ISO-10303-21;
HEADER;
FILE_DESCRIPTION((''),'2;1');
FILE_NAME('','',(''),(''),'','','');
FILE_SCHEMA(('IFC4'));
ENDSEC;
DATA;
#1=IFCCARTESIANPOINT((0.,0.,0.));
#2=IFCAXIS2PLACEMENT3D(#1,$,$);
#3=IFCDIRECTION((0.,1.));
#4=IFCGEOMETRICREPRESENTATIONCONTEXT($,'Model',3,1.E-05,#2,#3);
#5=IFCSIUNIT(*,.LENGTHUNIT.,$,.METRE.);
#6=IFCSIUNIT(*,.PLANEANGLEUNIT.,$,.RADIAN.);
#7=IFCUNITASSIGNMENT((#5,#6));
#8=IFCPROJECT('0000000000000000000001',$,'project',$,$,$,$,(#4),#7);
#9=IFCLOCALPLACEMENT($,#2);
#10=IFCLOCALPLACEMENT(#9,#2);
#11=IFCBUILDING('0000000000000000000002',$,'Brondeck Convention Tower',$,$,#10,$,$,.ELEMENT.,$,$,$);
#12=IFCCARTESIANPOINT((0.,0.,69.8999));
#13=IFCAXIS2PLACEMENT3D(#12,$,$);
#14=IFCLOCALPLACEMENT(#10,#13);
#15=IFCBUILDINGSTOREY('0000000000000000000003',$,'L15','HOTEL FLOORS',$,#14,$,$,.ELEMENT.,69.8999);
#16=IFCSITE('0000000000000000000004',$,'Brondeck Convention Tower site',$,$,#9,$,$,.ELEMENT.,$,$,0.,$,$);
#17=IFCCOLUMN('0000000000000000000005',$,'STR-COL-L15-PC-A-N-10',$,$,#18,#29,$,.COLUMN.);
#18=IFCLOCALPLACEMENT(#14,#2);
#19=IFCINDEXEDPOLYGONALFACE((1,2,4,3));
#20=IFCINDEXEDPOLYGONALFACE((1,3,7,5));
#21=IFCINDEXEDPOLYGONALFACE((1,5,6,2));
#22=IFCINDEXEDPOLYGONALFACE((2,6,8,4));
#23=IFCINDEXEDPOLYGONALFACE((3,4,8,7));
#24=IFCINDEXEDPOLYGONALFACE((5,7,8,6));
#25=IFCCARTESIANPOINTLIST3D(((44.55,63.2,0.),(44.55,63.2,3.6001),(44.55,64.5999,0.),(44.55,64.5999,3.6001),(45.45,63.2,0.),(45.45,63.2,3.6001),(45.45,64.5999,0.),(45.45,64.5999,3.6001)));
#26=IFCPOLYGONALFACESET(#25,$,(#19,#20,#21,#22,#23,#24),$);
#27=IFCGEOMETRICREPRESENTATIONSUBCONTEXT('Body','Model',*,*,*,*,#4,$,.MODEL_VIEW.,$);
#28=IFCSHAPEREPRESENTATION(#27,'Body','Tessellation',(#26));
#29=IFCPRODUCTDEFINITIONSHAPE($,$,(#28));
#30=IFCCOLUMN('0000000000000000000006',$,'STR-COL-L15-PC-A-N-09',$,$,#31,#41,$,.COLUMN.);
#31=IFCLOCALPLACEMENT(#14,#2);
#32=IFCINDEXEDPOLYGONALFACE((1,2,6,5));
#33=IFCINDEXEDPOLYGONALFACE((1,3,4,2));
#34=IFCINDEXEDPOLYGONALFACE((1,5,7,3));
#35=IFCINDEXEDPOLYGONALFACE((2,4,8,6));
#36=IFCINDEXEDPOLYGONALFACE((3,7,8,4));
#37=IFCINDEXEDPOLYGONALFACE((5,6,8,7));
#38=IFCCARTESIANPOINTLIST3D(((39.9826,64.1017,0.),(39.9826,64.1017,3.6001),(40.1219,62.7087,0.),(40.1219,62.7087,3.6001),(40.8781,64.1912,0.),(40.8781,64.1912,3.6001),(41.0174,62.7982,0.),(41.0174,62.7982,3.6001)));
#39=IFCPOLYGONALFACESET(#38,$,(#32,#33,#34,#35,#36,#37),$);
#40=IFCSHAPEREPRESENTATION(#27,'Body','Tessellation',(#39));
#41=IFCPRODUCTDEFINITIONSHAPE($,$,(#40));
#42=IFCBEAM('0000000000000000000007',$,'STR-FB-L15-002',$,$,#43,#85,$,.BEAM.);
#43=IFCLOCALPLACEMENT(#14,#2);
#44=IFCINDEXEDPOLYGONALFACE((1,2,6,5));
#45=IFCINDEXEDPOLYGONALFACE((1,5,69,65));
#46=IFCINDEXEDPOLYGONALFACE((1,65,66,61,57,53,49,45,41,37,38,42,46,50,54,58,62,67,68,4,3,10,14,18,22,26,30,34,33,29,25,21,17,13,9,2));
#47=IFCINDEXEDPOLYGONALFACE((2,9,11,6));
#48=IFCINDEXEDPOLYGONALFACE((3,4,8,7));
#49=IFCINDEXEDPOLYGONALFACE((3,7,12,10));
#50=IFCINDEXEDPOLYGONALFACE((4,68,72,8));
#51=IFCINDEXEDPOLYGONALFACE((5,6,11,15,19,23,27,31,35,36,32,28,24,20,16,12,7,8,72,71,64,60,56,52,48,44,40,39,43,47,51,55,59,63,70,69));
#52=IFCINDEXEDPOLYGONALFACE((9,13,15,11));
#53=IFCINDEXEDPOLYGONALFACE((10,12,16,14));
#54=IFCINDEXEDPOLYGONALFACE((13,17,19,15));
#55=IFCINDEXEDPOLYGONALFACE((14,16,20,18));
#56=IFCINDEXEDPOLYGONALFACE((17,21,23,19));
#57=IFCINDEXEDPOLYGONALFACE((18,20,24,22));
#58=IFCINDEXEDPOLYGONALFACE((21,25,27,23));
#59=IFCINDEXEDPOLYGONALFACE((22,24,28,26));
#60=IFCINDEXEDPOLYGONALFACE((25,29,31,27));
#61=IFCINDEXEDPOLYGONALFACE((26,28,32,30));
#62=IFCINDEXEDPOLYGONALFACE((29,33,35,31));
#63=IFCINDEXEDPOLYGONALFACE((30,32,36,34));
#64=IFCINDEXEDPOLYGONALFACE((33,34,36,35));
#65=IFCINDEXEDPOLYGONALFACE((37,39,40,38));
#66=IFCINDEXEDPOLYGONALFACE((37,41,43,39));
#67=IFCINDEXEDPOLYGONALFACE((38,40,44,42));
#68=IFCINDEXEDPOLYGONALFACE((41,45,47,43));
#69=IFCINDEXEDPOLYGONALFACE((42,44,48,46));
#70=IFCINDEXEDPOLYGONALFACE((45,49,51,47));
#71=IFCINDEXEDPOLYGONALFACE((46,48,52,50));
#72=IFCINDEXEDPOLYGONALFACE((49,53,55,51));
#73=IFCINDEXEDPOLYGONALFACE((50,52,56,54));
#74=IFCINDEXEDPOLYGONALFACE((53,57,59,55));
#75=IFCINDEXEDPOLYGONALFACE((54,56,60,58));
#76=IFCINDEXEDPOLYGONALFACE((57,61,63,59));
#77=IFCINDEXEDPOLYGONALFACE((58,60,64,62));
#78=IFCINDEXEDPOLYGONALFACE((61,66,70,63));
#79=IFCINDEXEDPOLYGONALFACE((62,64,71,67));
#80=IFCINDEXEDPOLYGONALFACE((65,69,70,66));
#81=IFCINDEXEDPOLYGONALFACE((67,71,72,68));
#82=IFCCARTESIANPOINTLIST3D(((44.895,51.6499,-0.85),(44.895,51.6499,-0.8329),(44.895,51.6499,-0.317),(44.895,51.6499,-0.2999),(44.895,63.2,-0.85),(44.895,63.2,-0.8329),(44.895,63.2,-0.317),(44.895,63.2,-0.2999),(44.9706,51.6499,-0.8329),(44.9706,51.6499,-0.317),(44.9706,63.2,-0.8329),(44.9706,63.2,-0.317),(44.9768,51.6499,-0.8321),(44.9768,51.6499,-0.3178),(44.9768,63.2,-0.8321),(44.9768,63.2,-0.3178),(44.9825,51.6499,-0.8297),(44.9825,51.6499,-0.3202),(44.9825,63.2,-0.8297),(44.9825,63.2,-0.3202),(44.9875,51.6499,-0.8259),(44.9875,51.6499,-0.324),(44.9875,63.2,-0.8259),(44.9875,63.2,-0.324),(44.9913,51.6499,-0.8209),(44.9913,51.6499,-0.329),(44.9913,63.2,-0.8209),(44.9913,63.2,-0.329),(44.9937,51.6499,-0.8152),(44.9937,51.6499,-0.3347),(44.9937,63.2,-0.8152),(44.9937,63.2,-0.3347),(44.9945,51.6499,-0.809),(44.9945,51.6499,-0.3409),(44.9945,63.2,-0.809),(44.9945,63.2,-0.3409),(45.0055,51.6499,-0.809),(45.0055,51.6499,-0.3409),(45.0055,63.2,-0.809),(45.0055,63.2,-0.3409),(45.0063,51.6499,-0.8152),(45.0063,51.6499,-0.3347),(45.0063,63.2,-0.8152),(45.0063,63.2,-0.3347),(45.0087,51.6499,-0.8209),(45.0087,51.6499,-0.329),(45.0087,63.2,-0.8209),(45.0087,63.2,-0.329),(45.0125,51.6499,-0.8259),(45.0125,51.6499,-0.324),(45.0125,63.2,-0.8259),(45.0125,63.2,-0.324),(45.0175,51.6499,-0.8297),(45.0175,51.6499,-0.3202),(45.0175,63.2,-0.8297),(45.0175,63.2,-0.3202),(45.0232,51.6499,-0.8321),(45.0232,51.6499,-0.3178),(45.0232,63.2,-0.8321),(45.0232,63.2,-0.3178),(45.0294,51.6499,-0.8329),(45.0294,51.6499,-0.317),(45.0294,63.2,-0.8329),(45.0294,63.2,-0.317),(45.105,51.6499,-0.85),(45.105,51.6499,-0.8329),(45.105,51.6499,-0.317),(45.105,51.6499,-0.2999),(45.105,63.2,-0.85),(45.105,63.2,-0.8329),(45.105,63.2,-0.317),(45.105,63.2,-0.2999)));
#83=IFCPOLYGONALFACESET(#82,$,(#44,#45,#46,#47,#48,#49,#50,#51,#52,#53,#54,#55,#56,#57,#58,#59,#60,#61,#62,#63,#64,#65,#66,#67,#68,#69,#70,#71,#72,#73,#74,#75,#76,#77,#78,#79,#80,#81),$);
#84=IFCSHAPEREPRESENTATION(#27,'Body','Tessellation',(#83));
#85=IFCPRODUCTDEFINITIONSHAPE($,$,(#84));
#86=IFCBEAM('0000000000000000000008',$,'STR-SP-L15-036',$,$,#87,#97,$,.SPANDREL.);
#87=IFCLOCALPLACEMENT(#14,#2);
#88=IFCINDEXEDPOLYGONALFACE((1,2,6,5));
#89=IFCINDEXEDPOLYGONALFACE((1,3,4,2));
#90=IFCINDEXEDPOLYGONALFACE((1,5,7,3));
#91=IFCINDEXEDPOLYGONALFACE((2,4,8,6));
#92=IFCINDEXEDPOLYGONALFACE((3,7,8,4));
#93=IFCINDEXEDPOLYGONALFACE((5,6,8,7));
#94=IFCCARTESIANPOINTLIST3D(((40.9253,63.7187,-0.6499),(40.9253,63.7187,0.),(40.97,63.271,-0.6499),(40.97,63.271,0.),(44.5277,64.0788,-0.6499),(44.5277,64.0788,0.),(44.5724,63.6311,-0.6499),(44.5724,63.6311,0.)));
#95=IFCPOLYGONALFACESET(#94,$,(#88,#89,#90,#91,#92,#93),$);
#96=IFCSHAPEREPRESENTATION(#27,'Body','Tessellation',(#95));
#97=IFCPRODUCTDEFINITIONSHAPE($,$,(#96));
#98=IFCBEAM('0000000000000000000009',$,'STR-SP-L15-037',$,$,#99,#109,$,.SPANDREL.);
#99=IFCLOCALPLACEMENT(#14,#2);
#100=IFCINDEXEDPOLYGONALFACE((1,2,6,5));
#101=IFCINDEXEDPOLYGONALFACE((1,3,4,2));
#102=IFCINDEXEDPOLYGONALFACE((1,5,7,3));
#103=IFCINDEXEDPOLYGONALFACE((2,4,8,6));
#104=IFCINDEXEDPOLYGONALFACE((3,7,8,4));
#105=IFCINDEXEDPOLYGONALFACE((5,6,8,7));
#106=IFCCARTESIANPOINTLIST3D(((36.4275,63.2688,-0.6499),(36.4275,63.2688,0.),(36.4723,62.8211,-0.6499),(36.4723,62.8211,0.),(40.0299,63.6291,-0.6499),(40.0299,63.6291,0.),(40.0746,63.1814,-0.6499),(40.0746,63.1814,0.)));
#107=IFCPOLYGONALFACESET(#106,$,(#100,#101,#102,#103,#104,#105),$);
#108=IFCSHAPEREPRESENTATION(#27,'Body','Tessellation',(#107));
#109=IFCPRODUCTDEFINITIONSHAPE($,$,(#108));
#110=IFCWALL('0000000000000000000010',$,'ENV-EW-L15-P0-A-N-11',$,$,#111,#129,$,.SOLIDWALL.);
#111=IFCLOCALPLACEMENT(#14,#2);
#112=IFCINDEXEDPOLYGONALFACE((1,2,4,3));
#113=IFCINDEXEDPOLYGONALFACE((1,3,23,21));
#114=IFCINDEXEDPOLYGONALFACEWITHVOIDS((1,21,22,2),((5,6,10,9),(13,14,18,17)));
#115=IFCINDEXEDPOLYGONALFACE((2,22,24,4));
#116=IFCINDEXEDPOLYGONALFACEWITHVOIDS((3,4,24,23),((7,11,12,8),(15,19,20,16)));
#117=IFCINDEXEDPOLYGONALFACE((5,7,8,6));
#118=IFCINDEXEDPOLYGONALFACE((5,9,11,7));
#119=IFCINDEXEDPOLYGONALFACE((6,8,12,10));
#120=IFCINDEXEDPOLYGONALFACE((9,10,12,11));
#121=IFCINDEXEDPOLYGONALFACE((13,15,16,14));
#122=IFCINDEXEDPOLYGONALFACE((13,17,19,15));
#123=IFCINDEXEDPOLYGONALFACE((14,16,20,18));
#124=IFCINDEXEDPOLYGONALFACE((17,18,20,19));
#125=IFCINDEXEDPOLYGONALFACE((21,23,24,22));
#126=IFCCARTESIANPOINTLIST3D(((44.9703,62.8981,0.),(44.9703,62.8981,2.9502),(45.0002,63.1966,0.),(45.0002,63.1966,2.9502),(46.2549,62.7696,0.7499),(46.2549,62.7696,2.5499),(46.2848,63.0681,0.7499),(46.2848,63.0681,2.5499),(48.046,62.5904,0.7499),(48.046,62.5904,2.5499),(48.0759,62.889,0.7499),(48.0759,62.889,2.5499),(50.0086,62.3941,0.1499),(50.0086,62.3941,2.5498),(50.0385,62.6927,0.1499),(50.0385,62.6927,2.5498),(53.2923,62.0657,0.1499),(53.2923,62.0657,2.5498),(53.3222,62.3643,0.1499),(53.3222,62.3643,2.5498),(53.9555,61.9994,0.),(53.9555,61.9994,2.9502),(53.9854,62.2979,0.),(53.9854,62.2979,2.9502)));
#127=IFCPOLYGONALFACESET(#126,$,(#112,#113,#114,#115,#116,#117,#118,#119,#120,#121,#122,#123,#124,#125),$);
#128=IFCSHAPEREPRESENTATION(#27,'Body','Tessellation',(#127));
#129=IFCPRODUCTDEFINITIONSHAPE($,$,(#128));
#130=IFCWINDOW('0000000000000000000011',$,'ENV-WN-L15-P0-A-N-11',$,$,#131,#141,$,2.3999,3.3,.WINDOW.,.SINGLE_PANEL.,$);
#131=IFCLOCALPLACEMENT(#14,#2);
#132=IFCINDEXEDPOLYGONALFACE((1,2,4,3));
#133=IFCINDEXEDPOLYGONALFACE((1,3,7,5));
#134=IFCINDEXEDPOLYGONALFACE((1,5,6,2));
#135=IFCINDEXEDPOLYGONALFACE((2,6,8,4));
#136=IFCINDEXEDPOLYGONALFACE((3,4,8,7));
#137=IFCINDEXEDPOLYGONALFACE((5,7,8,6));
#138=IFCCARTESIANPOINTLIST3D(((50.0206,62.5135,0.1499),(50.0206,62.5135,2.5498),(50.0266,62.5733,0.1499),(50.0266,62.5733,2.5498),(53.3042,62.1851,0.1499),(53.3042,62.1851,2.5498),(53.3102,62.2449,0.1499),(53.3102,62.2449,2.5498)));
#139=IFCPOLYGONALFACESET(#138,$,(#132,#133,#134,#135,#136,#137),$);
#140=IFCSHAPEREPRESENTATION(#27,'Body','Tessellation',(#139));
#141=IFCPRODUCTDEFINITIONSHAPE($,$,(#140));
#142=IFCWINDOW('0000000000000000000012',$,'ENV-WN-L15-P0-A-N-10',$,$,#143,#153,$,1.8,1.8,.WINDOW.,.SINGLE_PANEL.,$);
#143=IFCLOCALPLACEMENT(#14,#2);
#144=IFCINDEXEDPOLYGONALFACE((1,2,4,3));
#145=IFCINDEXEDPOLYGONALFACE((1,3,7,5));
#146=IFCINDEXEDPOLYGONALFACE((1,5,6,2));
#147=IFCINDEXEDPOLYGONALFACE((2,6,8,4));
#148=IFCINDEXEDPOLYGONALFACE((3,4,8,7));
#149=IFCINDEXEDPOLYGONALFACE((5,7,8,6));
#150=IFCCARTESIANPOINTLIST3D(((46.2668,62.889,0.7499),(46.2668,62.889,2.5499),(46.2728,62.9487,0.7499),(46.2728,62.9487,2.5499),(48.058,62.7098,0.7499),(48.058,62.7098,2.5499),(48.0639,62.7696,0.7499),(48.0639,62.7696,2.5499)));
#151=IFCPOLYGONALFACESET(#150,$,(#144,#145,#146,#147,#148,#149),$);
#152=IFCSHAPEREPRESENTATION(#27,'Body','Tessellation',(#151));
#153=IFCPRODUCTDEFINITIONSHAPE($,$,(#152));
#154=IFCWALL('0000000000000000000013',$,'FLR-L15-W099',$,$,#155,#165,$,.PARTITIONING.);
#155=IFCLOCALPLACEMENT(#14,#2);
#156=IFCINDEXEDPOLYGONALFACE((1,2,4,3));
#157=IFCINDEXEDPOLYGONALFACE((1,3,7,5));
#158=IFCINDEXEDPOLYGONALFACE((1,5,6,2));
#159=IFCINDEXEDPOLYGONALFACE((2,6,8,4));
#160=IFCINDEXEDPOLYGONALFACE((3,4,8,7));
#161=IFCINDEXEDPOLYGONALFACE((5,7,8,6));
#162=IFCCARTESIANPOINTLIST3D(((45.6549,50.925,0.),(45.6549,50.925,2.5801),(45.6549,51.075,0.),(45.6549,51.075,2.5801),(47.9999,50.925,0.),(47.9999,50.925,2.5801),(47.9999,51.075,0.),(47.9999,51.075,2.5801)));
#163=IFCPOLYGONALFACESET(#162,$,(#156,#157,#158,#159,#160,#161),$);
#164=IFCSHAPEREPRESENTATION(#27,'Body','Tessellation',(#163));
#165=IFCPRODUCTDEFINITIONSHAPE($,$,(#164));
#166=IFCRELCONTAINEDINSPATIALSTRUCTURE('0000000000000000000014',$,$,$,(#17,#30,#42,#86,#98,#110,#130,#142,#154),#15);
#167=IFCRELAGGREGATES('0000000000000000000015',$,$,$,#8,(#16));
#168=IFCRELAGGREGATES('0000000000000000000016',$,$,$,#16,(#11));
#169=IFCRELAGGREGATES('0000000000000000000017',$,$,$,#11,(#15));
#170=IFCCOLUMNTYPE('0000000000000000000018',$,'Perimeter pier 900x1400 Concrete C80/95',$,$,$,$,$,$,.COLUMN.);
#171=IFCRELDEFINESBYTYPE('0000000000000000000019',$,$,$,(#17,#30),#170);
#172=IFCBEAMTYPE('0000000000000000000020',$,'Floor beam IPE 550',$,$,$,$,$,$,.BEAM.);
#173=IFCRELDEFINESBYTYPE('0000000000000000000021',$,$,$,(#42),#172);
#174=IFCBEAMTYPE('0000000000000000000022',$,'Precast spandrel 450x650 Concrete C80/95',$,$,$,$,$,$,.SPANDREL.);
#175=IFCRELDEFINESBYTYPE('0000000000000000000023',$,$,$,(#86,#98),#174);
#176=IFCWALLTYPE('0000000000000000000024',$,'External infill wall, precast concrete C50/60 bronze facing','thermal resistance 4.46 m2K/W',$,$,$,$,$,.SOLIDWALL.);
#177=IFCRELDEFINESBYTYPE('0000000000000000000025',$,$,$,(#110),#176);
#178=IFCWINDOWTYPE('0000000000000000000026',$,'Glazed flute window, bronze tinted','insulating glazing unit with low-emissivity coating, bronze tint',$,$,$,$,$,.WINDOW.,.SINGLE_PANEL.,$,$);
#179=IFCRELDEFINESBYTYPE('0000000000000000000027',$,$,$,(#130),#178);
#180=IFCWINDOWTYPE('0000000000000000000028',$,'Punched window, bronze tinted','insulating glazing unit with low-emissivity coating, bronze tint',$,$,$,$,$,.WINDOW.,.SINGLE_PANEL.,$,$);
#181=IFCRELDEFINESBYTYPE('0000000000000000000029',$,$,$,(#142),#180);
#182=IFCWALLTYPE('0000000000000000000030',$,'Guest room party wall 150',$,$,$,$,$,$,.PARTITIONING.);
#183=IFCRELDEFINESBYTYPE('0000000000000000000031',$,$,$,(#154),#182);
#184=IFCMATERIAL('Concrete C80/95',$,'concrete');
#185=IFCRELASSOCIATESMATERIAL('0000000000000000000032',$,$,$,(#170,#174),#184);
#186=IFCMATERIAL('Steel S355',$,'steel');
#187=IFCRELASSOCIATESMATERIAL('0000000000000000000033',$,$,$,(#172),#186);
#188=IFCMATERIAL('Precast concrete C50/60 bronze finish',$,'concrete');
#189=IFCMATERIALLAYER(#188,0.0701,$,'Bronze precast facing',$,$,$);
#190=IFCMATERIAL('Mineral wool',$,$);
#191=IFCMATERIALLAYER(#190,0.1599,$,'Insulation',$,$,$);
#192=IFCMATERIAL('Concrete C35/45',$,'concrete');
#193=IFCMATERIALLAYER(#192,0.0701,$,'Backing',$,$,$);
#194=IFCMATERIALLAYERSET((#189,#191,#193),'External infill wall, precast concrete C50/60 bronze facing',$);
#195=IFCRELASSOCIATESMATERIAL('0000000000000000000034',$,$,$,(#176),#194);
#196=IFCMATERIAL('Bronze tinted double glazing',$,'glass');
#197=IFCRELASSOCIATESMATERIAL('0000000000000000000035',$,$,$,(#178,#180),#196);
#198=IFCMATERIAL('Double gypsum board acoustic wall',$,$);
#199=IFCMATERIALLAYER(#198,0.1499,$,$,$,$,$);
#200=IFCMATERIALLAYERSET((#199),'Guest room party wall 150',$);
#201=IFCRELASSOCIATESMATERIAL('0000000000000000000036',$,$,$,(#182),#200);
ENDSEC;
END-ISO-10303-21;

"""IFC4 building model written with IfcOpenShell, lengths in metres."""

from ifc_helpers import new_model, si_unit, direction, frame, frame_2d, origin, origin_2d, place, context, subcontext, project, spatial, rectangle, i_section, extrude, material, layer, layer_set, material_profile, profile_set, type_object, element, fill, save


model = new_model("IFC4")

# Units and contexts
model_context = context("Model", 3, precision=1e-05, world=origin(), true_north=direction((0.0, 1.0)))
body_context = subcontext(model_context, "Body", "Model", "MODEL_VIEW")
ifc_project = project(units=[si_unit("LENGTHUNIT", "METRE"), si_unit("PLANEANGLEUNIT", "RADIAN")], contexts=[model_context])

# Site, building, storey
site_placement = place(None, origin())
site = spatial("IfcSite", under=ifc_project, at=site_placement, Name="Brondeck Convention Tower site", CompositionType="ELEMENT", RefElevation=0.0)
building_placement = place(site_placement, origin())
building = spatial("IfcBuilding", under=site, at=building_placement, Name="Brondeck Convention Tower", CompositionType="ELEMENT")
storey_placement = place(building_placement, frame((0.0, 0.0, 69.8999)))
storey = spatial("IfcBuildingStorey", under=building, at=storey_placement, Name="L15", Description="HOTEL FLOORS", CompositionType="ELEMENT", Elevation=69.8999)

# Columns
ifc_material_1 = material(Name="Concrete C80/95", Category="concrete")
ifc_material_profile_1 = material_profile(ifc_material_1, rectangle(XDim=0.8999, YDim=1.3999, at=origin_2d()), Name="Perimeter pier 900x1400 Concrete C80/95")
ifc_profile_set_1 = profile_set([ifc_material_profile_1], Name="Concrete C80/95")
column_type = type_object("IfcColumnType", Name="Perimeter pier 900x1400 Concrete C80/95", PredefinedType="COLUMN", material=ifc_profile_set_1)
for number, where, z_axis, x_axis, name in (
    (1, (45.0, 63.8999, 0.0), (0.0, 0.0, 1.0), (-1.0, 0.0, 0.0), "STR-COL-L15-PC-A-N-10"),
    (2, (40.5, 63.45, 0.0), (0.0, 0.0, 1.0), (-0.995037, -0.099504, 0.0), "STR-COL-L15-PC-A-N-09"),
):
    element("IfcColumn", number, at=place(storey_placement, frame(where, z_axis=z_axis, x_axis=x_axis)), inside=storey, type_object=column_type, Name=name, PredefinedType="COLUMN", context=body_context, shape_type="SweptSolid", body=[
        extrude(rectangle(XDim=0.8999, YDim=1.3999, at=origin_2d()), origin(), (0.0, 0.0, 1.0), 3.6001),
    ])

# Beams
ifc_material_2 = material(Name="Steel S355", Category="steel")
ifc_material_profile_2 = material_profile(ifc_material_2, i_section(OverallWidth=0.21, OverallDepth=0.55, WebThickness=0.011, FlangeThickness=0.0171, FilletRadius=0.0239, at=origin_2d()), Name="IPE 550")
ifc_profile_set_2 = profile_set([ifc_material_profile_2], Name="Steel S355")
beam_type_1 = type_object("IfcBeamType", Name="Floor beam IPE 550", PredefinedType="BEAM", material=ifc_profile_set_2)
beam_placement = place(storey_placement, frame((45.0, 51.6499, -0.575), z_axis=(0.0, 1.0, 0.0), x_axis=(-1.0, 0.0, 0.0)))
element("IfcBeam", 3, at=beam_placement, inside=storey, type_object=beam_type_1, Name="STR-FB-L15-002", PredefinedType="BEAM", context=body_context, shape_type="SweptSolid", body=[
    extrude(i_section(OverallWidth=0.21, OverallDepth=0.55, WebThickness=0.011, FlangeThickness=0.0171, FilletRadius=0.0239, at=origin_2d()), origin(), (0.0, 0.0, 1.0), 11.55),
])
ifc_material_profile_3 = material_profile(ifc_material_1, rectangle(XDim=0.45, YDim=0.6499, at=origin_2d()), Name="Precast spandrel 450x650 Concrete C80/95")
ifc_profile_set_3 = profile_set([ifc_material_profile_3], Name="Concrete C80/95")
beam_type_2 = type_object("IfcBeamType", Name="Precast spandrel 450x650 Concrete C80/95", PredefinedType="SPANDREL", material=ifc_profile_set_3)
for number, where, z_axis, x_axis, name in (
    (4, (44.55, 63.855, -0.325), (-0.995041, -0.09947, 0.0), (0.09947, -0.995041, 0.0), "STR-SP-L15-036"),
    (5, (40.0522, 63.4053, -0.325), (-0.995034, -0.099537, 0.0), (0.099537, -0.995034, 0.0), "STR-SP-L15-037"),
):
    element("IfcBeam", number, at=place(storey_placement, frame(where, z_axis=z_axis, x_axis=x_axis)), inside=storey, type_object=beam_type_2, Name=name, PredefinedType="SPANDREL", context=body_context, shape_type="SweptSolid", body=[
        extrude(rectangle(XDim=0.45, YDim=0.6499, at=origin_2d()), origin(), (0.0, 0.0, 1.0), 3.6204),
    ])

# Wall, openings, windows
ifc_material_3 = material(Name="Precast concrete C50/60 bronze finish", Category="concrete")
ifc_layer_1 = layer(ifc_material_3, 0.0701, Name="Bronze precast facing")
ifc_material_4 = material(Name="Mineral wool")
ifc_layer_2 = layer(ifc_material_4, 0.1599, Name="Insulation")
ifc_material_5 = material(Name="Concrete C35/45", Category="concrete")
ifc_layer_3 = layer(ifc_material_5, 0.0701, Name="Backing")
ifc_layer_set_1 = layer_set([ifc_layer_1, ifc_layer_2, ifc_layer_3], Name="External infill wall, precast concrete C50/60 bronze facing")
wall_type_1 = type_object("IfcWallType", Name="External infill wall, precast concrete C50/60 bronze facing", Description="thermal resistance 4.46 m2K/W", PredefinedType="SOLIDWALL", material=ifc_layer_set_1)
wall_1_placement = place(storey_placement, frame((44.9851, 63.0474, 0.0), z_axis=(0.0, 0.0, 1.0), x_axis=(0.995035, -0.099522, 0.0)))
wall_1 = element("IfcWall", 6, at=wall_1_placement, inside=storey, type_object=wall_type_1, Name="ENV-EW-L15-P0-A-N-11", PredefinedType="SOLIDWALL", context=body_context, shape_type="SweptSolid", body=[
    extrude(rectangle(XDim=9.03, YDim=0.3, at=frame_2d((4.5151, 0.0))), origin(), (0.0, 0.0, 1.0), 2.9502),
])
opening_1_placement = place(wall_1_placement, frame((1.2913, 0.0, 0.75)))
opening_1 = element("IfcOpeningElement", 7, at=opening_1_placement, cuts=wall_1, PredefinedType="OPENING", context=body_context, shape_type="SweptSolid", body=[
    extrude(rectangle(XDim=1.8, YDim=1.8, at=frame_2d((0.8999, 0.8999))), frame((0.0, 0.1599, 0.0), z_axis=(0.0, -1.0, 0.0), x_axis=(1.0, 0.0, 0.0)), (0.0, 0.0, 1.0), 0.3201),
])
opening_2_placement = place(wall_1_placement, frame((5.0637, 0.0, 0.1499)))
opening_2 = element("IfcOpeningElement", 8, at=opening_2_placement, cuts=wall_1, PredefinedType="OPENING", context=body_context, shape_type="SweptSolid", body=[
    extrude(rectangle(XDim=3.3, YDim=2.3999, at=frame_2d((1.6499, 1.2))), frame((0.0, 0.1599, 0.0), z_axis=(0.0, -1.0, 0.0), x_axis=(1.0, 0.0, 0.0)), (0.0, 0.0, 1.0), 0.3201),
])
ifc_material_6 = material(Name="Bronze tinted double glazing", Category="glass")
window_type_1 = type_object("IfcWindowType", Name="Glazed flute window, bronze tinted", Description="insulating glazing unit with low-emissivity coating, bronze tint", PartitioningType="SINGLE_PANEL", PredefinedType="WINDOW", material=ifc_material_6)
window_1_placement = place(opening_2_placement, origin())
window_1 = element("IfcWindow", 9, at=window_1_placement, inside=storey, type_object=window_type_1, Name="ENV-WN-L15-P0-A-N-11", OverallHeight=2.3999, OverallWidth=3.3, PartitioningType="SINGLE_PANEL", PredefinedType="WINDOW", context=body_context, shape_type="SweptSolid", body=[
    extrude(rectangle(XDim=3.3, YDim=2.3999, at=frame_2d((1.6499, 1.2))), frame((0.0, 0.03, 0.0), z_axis=(0.0, -1.0, 0.0), x_axis=(1.0, 0.0, 0.0)), (0.0, 0.0, 1.0), 0.0601),
])
fill(opening_2, window_1)
window_type_2 = type_object("IfcWindowType", Name="Punched window, bronze tinted", Description="insulating glazing unit with low-emissivity coating, bronze tint", PartitioningType="SINGLE_PANEL", PredefinedType="WINDOW", material=ifc_material_6)
window_2_placement = place(opening_1_placement, origin())
window_2 = element("IfcWindow", 10, at=window_2_placement, inside=storey, type_object=window_type_2, Name="ENV-WN-L15-P0-A-N-10", OverallHeight=1.8, OverallWidth=1.8, PartitioningType="SINGLE_PANEL", PredefinedType="WINDOW", context=body_context, shape_type="SweptSolid", body=[
    extrude(rectangle(XDim=1.8, YDim=1.8, at=frame_2d((0.8999, 0.8999))), frame((0.0, 0.03, 0.0), z_axis=(0.0, -1.0, 0.0), x_axis=(1.0, 0.0, 0.0)), (0.0, 0.0, 1.0), 0.0601),
])
fill(opening_1, window_2)

# Wall
ifc_material_7 = material(Name="Double gypsum board acoustic wall")
ifc_layer_4 = layer(ifc_material_7, 0.1499)
ifc_layer_set_2 = layer_set([ifc_layer_4], Name="Guest room party wall 150")
wall_type_2 = type_object("IfcWallType", Name="Guest room party wall 150", PredefinedType="PARTITIONING", material=ifc_layer_set_2)
wall_2_placement = place(storey_placement, frame((45.655, 51.0, 0.0), z_axis=(0.0, 0.0, 1.0), x_axis=(1.0, 0.0, 0.0)))
element("IfcWall", 11, at=wall_2_placement, inside=storey, type_object=wall_type_2, Name="FLR-L15-W099", PredefinedType="PARTITIONING", context=body_context, shape_type="SweptSolid", body=[
    extrude(rectangle(XDim=2.345, YDim=0.1499, at=frame_2d((1.1724, 0.0))), origin(), (0.0, 0.0, 1.0), 2.5801),
])

save(model, "model.ifc")
